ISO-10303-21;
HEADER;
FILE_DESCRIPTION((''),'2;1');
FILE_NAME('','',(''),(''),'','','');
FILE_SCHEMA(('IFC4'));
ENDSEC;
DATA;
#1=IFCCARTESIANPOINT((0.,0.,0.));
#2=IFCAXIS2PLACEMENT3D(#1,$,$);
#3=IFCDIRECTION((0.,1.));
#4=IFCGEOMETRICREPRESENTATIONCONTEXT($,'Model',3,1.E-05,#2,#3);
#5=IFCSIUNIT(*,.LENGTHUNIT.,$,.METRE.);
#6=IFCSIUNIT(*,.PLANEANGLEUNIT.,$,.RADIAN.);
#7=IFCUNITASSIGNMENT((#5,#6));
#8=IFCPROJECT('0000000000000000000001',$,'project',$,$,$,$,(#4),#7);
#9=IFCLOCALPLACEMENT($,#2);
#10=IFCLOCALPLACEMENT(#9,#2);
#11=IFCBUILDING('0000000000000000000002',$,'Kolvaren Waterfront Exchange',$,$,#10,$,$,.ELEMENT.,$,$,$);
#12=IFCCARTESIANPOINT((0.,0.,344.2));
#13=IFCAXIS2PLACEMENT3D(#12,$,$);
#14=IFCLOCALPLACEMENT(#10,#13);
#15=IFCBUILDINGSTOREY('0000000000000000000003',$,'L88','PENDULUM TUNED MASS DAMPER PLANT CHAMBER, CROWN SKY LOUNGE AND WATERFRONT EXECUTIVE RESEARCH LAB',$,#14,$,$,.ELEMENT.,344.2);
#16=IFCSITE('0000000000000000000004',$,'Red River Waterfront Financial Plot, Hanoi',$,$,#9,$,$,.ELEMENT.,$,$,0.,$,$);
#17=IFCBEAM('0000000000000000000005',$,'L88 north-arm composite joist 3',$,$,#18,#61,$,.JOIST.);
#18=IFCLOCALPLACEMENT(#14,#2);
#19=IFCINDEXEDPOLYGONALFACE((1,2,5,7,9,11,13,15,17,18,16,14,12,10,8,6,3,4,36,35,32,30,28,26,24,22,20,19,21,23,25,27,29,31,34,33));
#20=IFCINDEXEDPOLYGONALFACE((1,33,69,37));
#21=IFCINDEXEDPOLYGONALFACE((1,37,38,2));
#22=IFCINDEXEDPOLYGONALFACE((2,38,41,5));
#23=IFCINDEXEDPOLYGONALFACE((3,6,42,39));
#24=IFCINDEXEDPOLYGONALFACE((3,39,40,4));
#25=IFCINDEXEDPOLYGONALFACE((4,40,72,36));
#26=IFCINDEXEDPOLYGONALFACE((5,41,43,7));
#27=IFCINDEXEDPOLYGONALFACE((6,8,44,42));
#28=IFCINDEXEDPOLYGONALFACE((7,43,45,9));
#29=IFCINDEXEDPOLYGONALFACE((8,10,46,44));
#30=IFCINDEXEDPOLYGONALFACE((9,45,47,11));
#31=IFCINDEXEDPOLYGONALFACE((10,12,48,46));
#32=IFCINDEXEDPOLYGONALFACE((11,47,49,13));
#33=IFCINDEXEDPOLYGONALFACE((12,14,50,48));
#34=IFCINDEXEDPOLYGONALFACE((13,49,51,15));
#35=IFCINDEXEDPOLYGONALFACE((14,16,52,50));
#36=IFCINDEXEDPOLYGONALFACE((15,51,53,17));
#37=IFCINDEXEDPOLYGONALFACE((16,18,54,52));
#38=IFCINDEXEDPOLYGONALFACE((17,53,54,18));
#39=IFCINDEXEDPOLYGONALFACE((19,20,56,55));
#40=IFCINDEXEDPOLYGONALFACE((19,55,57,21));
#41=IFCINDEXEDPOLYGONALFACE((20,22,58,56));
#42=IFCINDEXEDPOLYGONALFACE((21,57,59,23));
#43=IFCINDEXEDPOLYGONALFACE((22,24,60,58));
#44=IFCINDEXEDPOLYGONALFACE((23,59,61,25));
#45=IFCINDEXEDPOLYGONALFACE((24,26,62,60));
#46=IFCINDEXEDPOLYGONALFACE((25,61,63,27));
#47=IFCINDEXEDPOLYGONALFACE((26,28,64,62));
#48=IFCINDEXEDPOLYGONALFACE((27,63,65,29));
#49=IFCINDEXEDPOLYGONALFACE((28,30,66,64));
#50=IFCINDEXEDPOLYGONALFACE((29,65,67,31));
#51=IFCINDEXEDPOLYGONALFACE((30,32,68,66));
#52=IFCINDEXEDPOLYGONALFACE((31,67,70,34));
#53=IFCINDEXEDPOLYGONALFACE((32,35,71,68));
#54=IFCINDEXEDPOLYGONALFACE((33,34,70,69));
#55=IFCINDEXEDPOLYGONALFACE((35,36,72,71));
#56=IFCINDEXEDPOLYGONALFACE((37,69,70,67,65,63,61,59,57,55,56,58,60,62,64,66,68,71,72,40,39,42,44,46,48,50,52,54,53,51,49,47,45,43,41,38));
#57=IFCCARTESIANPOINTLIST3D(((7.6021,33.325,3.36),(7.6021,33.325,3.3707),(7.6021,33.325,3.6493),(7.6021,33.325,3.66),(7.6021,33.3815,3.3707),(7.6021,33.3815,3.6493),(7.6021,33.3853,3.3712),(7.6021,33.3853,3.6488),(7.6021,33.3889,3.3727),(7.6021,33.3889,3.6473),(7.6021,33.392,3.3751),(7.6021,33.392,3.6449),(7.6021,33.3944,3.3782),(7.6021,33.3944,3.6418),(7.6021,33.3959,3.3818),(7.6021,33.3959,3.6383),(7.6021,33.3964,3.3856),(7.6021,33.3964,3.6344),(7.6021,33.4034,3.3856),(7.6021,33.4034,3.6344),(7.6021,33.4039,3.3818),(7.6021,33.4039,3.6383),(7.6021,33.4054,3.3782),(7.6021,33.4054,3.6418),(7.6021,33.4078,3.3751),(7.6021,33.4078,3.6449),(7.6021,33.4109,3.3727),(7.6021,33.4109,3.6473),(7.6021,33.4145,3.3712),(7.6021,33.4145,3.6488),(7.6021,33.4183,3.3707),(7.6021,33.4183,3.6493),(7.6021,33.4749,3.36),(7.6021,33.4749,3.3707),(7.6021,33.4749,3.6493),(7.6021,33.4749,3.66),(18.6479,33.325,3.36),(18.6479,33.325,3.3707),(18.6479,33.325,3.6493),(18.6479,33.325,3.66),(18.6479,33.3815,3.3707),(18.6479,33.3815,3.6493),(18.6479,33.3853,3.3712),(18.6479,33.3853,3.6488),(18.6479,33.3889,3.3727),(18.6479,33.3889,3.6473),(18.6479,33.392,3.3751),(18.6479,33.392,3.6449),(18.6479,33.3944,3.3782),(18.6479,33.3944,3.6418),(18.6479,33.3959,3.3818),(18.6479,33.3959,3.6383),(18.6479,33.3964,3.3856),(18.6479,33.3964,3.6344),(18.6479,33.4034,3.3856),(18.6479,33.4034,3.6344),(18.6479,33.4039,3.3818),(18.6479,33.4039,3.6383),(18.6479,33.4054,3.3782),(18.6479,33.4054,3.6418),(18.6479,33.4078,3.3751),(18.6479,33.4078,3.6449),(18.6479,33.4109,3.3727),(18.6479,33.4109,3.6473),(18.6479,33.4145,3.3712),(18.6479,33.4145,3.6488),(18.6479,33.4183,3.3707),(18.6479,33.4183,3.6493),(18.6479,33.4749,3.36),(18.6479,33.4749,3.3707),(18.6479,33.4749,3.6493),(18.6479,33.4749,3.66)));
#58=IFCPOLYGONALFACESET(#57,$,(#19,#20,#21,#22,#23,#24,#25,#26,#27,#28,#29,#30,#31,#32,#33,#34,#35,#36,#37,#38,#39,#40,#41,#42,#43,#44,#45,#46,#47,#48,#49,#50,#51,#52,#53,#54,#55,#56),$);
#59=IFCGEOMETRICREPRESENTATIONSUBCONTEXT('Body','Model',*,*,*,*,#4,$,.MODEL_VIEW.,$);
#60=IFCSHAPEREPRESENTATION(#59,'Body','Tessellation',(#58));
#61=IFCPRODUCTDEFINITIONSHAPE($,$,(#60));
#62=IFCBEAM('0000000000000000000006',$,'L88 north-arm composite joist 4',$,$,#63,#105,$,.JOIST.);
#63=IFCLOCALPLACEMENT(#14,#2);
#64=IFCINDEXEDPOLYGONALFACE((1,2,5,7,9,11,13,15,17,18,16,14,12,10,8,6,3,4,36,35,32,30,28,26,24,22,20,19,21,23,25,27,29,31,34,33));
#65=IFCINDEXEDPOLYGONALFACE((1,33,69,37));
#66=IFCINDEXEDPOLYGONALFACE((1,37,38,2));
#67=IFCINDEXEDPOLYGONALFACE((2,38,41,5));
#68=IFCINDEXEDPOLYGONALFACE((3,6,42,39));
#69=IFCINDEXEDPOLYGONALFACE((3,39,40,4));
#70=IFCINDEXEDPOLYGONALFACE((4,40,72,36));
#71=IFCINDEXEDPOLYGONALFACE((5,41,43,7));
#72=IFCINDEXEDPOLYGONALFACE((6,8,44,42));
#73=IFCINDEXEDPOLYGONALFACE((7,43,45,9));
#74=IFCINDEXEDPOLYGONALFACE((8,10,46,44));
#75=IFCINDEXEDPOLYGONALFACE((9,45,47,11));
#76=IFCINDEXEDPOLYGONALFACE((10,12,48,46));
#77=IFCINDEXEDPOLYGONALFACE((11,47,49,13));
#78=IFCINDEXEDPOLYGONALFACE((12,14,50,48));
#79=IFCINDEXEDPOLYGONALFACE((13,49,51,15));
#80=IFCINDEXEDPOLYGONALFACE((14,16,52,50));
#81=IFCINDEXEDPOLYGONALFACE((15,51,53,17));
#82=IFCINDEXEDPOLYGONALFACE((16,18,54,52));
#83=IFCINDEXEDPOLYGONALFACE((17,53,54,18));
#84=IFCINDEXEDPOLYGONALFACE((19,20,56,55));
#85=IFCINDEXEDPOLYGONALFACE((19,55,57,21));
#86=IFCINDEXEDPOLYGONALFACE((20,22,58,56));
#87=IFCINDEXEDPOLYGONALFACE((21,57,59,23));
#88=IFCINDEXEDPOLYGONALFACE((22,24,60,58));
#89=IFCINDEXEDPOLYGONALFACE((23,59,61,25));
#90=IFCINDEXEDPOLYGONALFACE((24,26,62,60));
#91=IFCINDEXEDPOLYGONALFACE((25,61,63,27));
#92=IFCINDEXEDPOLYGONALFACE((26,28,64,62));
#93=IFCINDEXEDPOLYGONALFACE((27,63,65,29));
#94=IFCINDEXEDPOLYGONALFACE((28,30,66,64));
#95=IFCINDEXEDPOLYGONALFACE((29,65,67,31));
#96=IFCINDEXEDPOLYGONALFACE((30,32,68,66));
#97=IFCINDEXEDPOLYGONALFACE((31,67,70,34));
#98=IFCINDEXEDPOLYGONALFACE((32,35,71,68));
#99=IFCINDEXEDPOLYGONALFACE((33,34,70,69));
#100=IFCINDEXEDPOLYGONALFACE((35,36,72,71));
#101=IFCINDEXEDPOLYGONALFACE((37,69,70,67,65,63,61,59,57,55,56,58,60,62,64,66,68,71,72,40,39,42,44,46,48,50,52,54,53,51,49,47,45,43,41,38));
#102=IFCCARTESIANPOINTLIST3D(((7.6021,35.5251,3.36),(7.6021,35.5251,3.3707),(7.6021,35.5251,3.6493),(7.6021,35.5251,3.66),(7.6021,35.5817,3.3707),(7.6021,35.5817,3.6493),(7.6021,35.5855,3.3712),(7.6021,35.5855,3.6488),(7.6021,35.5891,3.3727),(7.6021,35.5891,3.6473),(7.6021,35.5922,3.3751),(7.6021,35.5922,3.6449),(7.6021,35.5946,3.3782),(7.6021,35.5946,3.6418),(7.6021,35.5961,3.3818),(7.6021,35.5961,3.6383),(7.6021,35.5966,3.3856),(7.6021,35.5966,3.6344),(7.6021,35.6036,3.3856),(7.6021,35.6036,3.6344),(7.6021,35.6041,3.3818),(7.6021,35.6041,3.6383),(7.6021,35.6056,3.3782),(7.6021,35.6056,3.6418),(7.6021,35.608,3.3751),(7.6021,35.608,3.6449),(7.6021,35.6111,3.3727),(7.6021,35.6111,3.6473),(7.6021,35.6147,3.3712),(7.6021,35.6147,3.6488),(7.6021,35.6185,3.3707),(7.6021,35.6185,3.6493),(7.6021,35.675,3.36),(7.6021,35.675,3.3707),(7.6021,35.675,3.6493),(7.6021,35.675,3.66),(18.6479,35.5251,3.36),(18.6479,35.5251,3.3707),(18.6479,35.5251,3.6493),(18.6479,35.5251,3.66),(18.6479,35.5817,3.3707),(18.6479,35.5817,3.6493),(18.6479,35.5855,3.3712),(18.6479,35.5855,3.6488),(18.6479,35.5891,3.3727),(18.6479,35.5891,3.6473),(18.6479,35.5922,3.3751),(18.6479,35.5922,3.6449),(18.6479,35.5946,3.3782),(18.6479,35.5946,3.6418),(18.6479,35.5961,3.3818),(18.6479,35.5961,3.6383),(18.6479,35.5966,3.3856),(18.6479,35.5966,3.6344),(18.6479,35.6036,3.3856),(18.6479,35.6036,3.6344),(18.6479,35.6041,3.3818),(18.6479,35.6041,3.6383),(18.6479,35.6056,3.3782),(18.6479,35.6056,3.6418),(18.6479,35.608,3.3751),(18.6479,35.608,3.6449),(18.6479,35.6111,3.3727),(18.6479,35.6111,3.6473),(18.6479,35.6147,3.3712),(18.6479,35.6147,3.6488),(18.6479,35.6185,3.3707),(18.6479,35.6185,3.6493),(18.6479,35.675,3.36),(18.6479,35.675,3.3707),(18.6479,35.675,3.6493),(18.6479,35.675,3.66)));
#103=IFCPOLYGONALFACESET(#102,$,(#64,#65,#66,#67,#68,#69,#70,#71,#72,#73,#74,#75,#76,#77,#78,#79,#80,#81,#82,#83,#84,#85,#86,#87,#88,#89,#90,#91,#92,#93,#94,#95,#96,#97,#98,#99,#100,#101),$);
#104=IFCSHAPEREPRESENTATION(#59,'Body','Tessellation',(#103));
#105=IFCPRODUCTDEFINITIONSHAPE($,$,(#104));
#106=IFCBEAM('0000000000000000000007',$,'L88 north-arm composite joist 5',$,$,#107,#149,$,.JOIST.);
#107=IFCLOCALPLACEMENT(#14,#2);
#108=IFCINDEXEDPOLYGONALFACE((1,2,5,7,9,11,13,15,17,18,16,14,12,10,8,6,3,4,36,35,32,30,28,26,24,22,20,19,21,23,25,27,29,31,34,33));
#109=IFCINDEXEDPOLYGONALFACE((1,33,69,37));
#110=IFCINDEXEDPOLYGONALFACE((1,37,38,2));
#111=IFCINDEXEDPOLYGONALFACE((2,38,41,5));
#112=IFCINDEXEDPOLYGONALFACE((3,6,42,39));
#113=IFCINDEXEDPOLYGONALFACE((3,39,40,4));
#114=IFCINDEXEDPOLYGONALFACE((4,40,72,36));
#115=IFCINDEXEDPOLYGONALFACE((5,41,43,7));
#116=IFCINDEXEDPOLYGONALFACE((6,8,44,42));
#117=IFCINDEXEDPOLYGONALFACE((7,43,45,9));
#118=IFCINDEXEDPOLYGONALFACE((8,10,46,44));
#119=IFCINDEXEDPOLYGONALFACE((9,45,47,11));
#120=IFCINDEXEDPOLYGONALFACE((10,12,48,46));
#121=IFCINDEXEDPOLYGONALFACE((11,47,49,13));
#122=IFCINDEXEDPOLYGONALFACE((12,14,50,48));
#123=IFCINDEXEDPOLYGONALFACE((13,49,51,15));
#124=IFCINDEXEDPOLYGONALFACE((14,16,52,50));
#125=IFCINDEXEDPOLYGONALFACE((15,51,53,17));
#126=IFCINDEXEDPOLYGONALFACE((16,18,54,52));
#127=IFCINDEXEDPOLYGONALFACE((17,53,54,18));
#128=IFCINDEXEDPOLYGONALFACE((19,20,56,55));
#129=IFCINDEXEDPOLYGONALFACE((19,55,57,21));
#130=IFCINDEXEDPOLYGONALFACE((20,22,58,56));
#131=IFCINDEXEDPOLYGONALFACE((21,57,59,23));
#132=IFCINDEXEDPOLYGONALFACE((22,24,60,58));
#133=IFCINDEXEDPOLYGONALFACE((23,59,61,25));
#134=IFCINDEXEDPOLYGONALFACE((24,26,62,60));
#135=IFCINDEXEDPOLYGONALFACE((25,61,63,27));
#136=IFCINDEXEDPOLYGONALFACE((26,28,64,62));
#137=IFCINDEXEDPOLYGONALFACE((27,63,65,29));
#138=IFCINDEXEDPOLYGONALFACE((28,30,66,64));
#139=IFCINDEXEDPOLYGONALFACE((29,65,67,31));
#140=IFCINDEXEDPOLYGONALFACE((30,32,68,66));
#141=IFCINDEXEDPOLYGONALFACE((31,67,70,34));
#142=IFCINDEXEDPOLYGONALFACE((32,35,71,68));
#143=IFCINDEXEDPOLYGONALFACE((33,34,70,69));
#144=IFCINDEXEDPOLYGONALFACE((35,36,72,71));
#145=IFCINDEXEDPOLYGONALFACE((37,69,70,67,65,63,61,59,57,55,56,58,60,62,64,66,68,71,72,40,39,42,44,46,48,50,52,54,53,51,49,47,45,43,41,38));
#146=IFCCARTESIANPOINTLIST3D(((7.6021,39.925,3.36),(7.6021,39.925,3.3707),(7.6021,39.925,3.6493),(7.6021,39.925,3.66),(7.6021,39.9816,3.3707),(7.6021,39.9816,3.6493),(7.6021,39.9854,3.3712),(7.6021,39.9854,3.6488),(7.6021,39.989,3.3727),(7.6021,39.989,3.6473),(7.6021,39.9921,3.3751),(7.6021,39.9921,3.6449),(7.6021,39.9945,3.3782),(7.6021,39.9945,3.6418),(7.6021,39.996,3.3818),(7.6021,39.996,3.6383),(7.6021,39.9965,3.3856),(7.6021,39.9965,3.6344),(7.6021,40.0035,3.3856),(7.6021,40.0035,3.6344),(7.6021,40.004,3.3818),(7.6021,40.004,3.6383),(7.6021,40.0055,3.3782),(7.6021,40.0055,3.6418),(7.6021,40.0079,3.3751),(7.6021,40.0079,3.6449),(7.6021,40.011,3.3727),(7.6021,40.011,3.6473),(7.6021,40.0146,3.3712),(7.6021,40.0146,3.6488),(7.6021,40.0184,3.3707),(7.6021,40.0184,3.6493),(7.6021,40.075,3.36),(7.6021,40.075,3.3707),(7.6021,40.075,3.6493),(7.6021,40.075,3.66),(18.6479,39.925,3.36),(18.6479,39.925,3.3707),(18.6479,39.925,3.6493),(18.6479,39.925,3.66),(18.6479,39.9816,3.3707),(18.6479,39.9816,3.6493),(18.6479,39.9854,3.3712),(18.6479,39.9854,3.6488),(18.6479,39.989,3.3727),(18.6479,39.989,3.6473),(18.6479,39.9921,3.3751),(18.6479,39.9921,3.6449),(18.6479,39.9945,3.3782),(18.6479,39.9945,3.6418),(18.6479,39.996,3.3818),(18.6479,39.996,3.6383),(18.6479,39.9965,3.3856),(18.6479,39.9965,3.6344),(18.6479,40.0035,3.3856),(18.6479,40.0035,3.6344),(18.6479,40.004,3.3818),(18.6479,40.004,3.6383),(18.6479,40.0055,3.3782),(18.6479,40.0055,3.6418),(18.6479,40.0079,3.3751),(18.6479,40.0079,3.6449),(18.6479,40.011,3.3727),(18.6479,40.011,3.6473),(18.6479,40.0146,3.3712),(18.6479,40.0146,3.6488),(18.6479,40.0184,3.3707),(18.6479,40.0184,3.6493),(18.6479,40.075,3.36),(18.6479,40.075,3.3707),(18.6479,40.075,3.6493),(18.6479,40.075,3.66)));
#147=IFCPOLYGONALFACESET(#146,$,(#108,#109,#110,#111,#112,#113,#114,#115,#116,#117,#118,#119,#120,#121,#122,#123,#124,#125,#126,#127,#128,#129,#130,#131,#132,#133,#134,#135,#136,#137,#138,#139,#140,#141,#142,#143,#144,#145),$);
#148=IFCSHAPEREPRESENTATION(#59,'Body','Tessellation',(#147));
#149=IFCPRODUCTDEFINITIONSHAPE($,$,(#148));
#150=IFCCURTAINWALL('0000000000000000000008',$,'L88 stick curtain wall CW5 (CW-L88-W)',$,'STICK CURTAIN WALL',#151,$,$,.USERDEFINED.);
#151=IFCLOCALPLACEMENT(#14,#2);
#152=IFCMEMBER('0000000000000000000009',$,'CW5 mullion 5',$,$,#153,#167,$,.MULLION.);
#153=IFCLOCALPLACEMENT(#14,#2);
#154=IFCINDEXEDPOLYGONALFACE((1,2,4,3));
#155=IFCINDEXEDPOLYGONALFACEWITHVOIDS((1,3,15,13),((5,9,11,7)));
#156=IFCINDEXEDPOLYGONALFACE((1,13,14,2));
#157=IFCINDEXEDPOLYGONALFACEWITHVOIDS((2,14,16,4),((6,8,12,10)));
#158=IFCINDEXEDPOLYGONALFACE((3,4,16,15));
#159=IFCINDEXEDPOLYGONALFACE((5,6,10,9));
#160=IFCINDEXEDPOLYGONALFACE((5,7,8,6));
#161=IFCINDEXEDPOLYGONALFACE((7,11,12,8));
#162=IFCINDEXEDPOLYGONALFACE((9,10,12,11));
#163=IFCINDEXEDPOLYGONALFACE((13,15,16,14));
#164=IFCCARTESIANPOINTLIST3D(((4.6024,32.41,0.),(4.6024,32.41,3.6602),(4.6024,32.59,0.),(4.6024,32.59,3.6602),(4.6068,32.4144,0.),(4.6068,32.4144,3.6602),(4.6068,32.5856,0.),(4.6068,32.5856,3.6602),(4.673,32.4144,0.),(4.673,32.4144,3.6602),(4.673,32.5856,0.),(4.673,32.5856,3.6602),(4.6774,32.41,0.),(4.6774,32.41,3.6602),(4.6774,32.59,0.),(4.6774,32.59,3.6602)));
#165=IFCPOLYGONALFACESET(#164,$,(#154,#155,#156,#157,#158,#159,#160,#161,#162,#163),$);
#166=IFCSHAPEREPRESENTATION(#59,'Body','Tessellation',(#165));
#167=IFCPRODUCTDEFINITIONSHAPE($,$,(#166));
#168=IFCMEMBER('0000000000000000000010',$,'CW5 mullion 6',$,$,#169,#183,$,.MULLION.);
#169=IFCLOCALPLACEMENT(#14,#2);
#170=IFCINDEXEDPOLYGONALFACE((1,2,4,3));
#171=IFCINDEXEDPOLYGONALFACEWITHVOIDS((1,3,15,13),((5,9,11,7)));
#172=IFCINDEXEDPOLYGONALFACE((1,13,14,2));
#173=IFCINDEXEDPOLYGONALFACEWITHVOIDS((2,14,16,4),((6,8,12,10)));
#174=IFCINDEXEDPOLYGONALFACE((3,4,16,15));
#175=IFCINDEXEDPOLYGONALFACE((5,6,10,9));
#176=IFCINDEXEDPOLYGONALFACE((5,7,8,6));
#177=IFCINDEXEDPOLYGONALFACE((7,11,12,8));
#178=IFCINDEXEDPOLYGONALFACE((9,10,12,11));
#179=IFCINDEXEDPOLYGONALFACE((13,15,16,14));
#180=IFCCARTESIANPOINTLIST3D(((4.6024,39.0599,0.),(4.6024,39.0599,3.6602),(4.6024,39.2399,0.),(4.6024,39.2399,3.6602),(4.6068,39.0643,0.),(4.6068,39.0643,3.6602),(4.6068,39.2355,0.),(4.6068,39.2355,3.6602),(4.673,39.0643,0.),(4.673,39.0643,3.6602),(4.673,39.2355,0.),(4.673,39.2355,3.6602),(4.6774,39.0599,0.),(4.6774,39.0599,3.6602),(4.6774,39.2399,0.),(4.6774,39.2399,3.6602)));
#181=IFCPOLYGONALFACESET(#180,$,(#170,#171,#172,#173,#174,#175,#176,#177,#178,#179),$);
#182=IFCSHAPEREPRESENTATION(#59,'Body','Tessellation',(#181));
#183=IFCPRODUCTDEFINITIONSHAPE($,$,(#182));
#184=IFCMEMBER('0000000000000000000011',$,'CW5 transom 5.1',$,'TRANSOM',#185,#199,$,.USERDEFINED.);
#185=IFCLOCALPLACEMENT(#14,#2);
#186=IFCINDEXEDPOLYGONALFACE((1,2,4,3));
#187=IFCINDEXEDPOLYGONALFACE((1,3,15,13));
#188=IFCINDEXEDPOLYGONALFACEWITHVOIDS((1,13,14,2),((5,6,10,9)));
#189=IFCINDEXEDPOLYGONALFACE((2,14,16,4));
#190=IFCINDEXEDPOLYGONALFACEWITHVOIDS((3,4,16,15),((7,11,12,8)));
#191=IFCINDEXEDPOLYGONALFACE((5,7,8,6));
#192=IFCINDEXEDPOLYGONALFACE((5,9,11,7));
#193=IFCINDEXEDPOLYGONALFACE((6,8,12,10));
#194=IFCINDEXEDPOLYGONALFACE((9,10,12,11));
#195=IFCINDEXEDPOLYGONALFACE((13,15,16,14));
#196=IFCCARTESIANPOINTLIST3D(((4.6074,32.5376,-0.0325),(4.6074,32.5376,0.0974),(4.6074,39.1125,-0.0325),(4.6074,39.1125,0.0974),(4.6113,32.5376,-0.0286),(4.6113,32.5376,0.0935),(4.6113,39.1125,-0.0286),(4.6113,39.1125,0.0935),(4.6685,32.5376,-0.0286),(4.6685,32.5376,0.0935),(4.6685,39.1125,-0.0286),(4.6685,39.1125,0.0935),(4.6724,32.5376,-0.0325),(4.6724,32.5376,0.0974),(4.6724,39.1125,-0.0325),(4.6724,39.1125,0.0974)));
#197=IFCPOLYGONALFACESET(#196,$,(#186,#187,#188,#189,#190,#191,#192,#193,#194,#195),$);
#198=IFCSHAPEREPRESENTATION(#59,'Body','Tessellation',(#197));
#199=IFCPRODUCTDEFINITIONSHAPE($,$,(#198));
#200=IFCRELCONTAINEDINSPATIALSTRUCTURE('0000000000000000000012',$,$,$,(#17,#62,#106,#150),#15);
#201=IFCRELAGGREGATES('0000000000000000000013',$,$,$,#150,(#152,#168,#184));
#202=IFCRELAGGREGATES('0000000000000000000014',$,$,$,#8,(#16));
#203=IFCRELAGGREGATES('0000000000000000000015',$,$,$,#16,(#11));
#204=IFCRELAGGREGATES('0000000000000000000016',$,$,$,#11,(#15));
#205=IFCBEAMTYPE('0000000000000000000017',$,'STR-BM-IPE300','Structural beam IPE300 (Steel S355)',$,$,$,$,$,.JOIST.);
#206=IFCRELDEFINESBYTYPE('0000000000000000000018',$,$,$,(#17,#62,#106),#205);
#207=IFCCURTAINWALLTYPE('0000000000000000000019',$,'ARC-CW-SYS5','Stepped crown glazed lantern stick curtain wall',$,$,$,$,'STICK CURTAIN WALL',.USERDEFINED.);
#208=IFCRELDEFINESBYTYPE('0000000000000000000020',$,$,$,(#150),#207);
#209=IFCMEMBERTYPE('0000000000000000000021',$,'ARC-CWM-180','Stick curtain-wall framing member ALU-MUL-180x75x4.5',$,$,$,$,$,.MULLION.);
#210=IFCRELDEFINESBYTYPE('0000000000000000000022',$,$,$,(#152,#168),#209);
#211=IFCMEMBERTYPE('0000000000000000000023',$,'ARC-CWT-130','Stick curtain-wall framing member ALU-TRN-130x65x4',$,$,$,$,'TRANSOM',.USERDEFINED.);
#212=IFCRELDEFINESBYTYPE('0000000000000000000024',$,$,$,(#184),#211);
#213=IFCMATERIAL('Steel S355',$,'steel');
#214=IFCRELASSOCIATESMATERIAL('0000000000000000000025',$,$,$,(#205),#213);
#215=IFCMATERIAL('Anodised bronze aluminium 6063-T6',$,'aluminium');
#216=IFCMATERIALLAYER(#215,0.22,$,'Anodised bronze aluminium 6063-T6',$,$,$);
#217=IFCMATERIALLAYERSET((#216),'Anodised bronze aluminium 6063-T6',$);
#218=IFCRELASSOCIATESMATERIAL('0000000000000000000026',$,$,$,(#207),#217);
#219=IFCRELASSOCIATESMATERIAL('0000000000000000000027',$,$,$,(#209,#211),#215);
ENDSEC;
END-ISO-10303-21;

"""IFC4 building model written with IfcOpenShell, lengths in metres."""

from ifc_helpers import new_model, si_unit, direction, frame, origin, origin_with_axes, origin_2d, place, context, subcontext, project, spatial, hollow_rectangle, i_section, extrude, source, transform, mapped, material, layer, layer_set, material_profile, profile_set, type_object, element, aggregate, save


model = new_model("IFC4")

# Units and contexts
model_context = context("Model", 3, precision=1e-05, world=origin(), true_north=direction((0.0, 1.0)))
body_context = subcontext(model_context, "Body", "Model", "MODEL_VIEW")
ifc_project = project(units=[si_unit("LENGTHUNIT", "METRE"), si_unit("PLANEANGLEUNIT", "RADIAN")], contexts=[model_context])

# Site, building, storey
site_placement = place(None, origin())
site = spatial("IfcSite", under=ifc_project, at=site_placement, Name="Red River Waterfront Financial Plot, Hanoi", CompositionType="ELEMENT", RefElevation=0.0)
building_placement = place(site_placement, origin())
building = spatial("IfcBuilding", under=site, at=building_placement, Name="Kolvaren Waterfront Exchange", CompositionType="ELEMENT")
storey_placement = place(building_placement, frame((0.0, 0.0, 344.2)))
storey = spatial("IfcBuildingStorey", under=building, at=storey_placement, Name="L88", Description="PENDULUM TUNED MASS DAMPER PLANT CHAMBER, CROWN SKY LOUNGE AND WATERFRONT EXECUTIVE RESEARCH LAB", CompositionType="ELEMENT", Elevation=344.2)

# Beams
ifc_material_1 = material(Name="Steel S355", Category="steel")
ifc_material_profile_1 = material_profile(ifc_material_1, i_section(OverallWidth=0.1499, OverallDepth=0.3, WebThickness=0.0071, FlangeThickness=0.0107, FilletRadius=0.0149, at=origin_2d()), Name="IPE300")
ifc_profile_set_1 = profile_set([ifc_material_profile_1], Name="Steel S355")
beam_type_1 = type_object("IfcBeamType", Name="STR-BM-IPE300", Description="Structural beam IPE300 (Steel S355)", PredefinedType="JOIST", material=ifc_profile_set_1)
for number, where, z_axis, x_axis, name in (
    (1, (7.6021, 33.3999, 3.51), (1.0, 0.0, 0.0), (0.0, 1.0, 0.0), "L88 north-arm composite joist 3"),
    (2, (7.6021, 35.6001, 3.51), (1.0, 0.0, 0.0), (0.0, 1.0, 0.0), "L88 north-arm composite joist 4"),
    (3, (7.6021, 40.0, 3.51), (1.0, 0.0, 0.0), (0.0, 1.0, 0.0), "L88 north-arm composite joist 5"),
):
    element("IfcBeam", number, at=place(storey_placement, frame(where, z_axis=z_axis, x_axis=x_axis)), inside=storey, type_object=beam_type_1, Name=name, PredefinedType="JOIST", context=body_context, shape_type="SweptSolid", body=[
        extrude(i_section(OverallWidth=0.1499, OverallDepth=0.3, WebThickness=0.0071, FlangeThickness=0.0107, FilletRadius=0.0149, at=origin_2d()), origin(), (0.0, 0.0, 1.0), 11.0459),
    ])

# Curtain wall, members
ifc_material_2 = material(Name="Anodised bronze aluminium 6063-T6", Category="aluminium")
ifc_layer_1 = layer(ifc_material_2, 0.22, Name="Anodised bronze aluminium 6063-T6")
ifc_layer_set_1 = layer_set([ifc_layer_1], Name="Anodised bronze aluminium 6063-T6")
curtain_wall_type = type_object("IfcCurtainWallType", Name="ARC-CW-SYS5", Description="Stepped crown glazed lantern stick curtain wall", ElementType="STICK CURTAIN WALL", PredefinedType="USERDEFINED", material=ifc_layer_set_1)
curtain_wall_placement = place(storey_placement, origin())
curtain_wall = element("IfcCurtainWall", 4, at=curtain_wall_placement, inside=storey, type_object=curtain_wall_type, Name="L88 stick curtain wall CW5 (CW-L88-W)", ObjectType="STICK CURTAIN WALL", PredefinedType="USERDEFINED")
ifc_material_profile_2 = material_profile(ifc_material_2, hollow_rectangle(XDim=0.075, YDim=0.1799, WallThickness=0.0044, at=origin_2d()), Name="ALU-MUL-180x75x4.5")
ifc_profile_set_2 = profile_set([ifc_material_profile_2], Name="Anodised bronze aluminium 6063-T6")
member_type_1 = type_object("IfcMemberType", Name="ARC-CWM-180", Description="Stick curtain-wall framing member ALU-MUL-180x75x4.5", PredefinedType="MULLION", material=ifc_profile_set_2)
shared_shape_1 = source(origin_with_axes(), body_context, "Body", "SweptSolid", [
    extrude(hollow_rectangle(XDim=0.075, YDim=0.1799, WallThickness=0.0044, at=origin_2d()), origin(), (0.0, 0.0, 1.0), 3.6602),
])
member_1_placement = place(storey_placement, frame((4.6399, 32.5, 0.0), z_axis=(0.0, 0.0, 1.0), x_axis=(-1.0, 0.0, 0.0)))
member_1 = element("IfcMember", 5, at=member_1_placement, type_object=member_type_1, Name="CW5 mullion 5", PredefinedType="MULLION", context=body_context, shape_type="MappedRepresentation", body=[
    mapped(shared_shape_1, transform((0.0, 0.0, 0.0), x_axis=(1.0, 0.0, 0.0), y_axis=(0.0, 1.0, 0.0), z_axis=(0.0, 0.0, 1.0), scale=1.0)),
])
member_2_placement = place(storey_placement, frame((4.6399, 39.1499, 0.0), z_axis=(0.0, 0.0, 1.0), x_axis=(-1.0, 0.0, 0.0)))
member_2 = element("IfcMember", 6, at=member_2_placement, type_object=member_type_1, Name="CW5 mullion 6", PredefinedType="MULLION", context=body_context, shape_type="MappedRepresentation", body=[
    mapped(shared_shape_1, transform((0.0, 0.0, 0.0), x_axis=(1.0, 0.0, 0.0), y_axis=(0.0, 1.0, 0.0), z_axis=(0.0, 0.0, 1.0), scale=1.0)),
])
ifc_material_profile_3 = material_profile(ifc_material_2, hollow_rectangle(XDim=0.0649, YDim=0.1299, WallThickness=0.0039, at=origin_2d()), Name="ALU-TRN-130x65x4")
ifc_profile_set_3 = profile_set([ifc_material_profile_3], Name="Anodised bronze aluminium 6063-T6")
member_type_2 = type_object("IfcMemberType", Name="ARC-CWT-130", Description="Stick curtain-wall framing member ALU-TRN-130x65x4", ElementType="TRANSOM", PredefinedType="USERDEFINED", material=ifc_profile_set_3)
shared_shape_2 = source(origin_with_axes(), body_context, "Body", "SweptSolid", [
    extrude(hollow_rectangle(XDim=0.0649, YDim=0.1299, WallThickness=0.0039, at=origin_2d()), origin(), (0.0, 0.0, 1.0), 6.575),
])
member_3_placement = place(storey_placement, frame((4.6399, 32.5376, 0.0325), z_axis=(0.0, 1.0, 0.0), x_axis=(-1.0, 0.0, 0.0)))
member_3 = element("IfcMember", 7, at=member_3_placement, type_object=member_type_2, Name="CW5 transom 5.1", ObjectType="TRANSOM", PredefinedType="USERDEFINED", context=body_context, shape_type="MappedRepresentation", body=[
    mapped(shared_shape_2, transform((0.0, 0.0, 0.0), x_axis=(1.0, 0.0, 0.0), y_axis=(0.0, 1.0, 0.0), z_axis=(0.0, 0.0, 1.0), scale=1.0)),
])
aggregate(curtain_wall, [member_1, member_2, member_3])

save(model, "model.ifc")
